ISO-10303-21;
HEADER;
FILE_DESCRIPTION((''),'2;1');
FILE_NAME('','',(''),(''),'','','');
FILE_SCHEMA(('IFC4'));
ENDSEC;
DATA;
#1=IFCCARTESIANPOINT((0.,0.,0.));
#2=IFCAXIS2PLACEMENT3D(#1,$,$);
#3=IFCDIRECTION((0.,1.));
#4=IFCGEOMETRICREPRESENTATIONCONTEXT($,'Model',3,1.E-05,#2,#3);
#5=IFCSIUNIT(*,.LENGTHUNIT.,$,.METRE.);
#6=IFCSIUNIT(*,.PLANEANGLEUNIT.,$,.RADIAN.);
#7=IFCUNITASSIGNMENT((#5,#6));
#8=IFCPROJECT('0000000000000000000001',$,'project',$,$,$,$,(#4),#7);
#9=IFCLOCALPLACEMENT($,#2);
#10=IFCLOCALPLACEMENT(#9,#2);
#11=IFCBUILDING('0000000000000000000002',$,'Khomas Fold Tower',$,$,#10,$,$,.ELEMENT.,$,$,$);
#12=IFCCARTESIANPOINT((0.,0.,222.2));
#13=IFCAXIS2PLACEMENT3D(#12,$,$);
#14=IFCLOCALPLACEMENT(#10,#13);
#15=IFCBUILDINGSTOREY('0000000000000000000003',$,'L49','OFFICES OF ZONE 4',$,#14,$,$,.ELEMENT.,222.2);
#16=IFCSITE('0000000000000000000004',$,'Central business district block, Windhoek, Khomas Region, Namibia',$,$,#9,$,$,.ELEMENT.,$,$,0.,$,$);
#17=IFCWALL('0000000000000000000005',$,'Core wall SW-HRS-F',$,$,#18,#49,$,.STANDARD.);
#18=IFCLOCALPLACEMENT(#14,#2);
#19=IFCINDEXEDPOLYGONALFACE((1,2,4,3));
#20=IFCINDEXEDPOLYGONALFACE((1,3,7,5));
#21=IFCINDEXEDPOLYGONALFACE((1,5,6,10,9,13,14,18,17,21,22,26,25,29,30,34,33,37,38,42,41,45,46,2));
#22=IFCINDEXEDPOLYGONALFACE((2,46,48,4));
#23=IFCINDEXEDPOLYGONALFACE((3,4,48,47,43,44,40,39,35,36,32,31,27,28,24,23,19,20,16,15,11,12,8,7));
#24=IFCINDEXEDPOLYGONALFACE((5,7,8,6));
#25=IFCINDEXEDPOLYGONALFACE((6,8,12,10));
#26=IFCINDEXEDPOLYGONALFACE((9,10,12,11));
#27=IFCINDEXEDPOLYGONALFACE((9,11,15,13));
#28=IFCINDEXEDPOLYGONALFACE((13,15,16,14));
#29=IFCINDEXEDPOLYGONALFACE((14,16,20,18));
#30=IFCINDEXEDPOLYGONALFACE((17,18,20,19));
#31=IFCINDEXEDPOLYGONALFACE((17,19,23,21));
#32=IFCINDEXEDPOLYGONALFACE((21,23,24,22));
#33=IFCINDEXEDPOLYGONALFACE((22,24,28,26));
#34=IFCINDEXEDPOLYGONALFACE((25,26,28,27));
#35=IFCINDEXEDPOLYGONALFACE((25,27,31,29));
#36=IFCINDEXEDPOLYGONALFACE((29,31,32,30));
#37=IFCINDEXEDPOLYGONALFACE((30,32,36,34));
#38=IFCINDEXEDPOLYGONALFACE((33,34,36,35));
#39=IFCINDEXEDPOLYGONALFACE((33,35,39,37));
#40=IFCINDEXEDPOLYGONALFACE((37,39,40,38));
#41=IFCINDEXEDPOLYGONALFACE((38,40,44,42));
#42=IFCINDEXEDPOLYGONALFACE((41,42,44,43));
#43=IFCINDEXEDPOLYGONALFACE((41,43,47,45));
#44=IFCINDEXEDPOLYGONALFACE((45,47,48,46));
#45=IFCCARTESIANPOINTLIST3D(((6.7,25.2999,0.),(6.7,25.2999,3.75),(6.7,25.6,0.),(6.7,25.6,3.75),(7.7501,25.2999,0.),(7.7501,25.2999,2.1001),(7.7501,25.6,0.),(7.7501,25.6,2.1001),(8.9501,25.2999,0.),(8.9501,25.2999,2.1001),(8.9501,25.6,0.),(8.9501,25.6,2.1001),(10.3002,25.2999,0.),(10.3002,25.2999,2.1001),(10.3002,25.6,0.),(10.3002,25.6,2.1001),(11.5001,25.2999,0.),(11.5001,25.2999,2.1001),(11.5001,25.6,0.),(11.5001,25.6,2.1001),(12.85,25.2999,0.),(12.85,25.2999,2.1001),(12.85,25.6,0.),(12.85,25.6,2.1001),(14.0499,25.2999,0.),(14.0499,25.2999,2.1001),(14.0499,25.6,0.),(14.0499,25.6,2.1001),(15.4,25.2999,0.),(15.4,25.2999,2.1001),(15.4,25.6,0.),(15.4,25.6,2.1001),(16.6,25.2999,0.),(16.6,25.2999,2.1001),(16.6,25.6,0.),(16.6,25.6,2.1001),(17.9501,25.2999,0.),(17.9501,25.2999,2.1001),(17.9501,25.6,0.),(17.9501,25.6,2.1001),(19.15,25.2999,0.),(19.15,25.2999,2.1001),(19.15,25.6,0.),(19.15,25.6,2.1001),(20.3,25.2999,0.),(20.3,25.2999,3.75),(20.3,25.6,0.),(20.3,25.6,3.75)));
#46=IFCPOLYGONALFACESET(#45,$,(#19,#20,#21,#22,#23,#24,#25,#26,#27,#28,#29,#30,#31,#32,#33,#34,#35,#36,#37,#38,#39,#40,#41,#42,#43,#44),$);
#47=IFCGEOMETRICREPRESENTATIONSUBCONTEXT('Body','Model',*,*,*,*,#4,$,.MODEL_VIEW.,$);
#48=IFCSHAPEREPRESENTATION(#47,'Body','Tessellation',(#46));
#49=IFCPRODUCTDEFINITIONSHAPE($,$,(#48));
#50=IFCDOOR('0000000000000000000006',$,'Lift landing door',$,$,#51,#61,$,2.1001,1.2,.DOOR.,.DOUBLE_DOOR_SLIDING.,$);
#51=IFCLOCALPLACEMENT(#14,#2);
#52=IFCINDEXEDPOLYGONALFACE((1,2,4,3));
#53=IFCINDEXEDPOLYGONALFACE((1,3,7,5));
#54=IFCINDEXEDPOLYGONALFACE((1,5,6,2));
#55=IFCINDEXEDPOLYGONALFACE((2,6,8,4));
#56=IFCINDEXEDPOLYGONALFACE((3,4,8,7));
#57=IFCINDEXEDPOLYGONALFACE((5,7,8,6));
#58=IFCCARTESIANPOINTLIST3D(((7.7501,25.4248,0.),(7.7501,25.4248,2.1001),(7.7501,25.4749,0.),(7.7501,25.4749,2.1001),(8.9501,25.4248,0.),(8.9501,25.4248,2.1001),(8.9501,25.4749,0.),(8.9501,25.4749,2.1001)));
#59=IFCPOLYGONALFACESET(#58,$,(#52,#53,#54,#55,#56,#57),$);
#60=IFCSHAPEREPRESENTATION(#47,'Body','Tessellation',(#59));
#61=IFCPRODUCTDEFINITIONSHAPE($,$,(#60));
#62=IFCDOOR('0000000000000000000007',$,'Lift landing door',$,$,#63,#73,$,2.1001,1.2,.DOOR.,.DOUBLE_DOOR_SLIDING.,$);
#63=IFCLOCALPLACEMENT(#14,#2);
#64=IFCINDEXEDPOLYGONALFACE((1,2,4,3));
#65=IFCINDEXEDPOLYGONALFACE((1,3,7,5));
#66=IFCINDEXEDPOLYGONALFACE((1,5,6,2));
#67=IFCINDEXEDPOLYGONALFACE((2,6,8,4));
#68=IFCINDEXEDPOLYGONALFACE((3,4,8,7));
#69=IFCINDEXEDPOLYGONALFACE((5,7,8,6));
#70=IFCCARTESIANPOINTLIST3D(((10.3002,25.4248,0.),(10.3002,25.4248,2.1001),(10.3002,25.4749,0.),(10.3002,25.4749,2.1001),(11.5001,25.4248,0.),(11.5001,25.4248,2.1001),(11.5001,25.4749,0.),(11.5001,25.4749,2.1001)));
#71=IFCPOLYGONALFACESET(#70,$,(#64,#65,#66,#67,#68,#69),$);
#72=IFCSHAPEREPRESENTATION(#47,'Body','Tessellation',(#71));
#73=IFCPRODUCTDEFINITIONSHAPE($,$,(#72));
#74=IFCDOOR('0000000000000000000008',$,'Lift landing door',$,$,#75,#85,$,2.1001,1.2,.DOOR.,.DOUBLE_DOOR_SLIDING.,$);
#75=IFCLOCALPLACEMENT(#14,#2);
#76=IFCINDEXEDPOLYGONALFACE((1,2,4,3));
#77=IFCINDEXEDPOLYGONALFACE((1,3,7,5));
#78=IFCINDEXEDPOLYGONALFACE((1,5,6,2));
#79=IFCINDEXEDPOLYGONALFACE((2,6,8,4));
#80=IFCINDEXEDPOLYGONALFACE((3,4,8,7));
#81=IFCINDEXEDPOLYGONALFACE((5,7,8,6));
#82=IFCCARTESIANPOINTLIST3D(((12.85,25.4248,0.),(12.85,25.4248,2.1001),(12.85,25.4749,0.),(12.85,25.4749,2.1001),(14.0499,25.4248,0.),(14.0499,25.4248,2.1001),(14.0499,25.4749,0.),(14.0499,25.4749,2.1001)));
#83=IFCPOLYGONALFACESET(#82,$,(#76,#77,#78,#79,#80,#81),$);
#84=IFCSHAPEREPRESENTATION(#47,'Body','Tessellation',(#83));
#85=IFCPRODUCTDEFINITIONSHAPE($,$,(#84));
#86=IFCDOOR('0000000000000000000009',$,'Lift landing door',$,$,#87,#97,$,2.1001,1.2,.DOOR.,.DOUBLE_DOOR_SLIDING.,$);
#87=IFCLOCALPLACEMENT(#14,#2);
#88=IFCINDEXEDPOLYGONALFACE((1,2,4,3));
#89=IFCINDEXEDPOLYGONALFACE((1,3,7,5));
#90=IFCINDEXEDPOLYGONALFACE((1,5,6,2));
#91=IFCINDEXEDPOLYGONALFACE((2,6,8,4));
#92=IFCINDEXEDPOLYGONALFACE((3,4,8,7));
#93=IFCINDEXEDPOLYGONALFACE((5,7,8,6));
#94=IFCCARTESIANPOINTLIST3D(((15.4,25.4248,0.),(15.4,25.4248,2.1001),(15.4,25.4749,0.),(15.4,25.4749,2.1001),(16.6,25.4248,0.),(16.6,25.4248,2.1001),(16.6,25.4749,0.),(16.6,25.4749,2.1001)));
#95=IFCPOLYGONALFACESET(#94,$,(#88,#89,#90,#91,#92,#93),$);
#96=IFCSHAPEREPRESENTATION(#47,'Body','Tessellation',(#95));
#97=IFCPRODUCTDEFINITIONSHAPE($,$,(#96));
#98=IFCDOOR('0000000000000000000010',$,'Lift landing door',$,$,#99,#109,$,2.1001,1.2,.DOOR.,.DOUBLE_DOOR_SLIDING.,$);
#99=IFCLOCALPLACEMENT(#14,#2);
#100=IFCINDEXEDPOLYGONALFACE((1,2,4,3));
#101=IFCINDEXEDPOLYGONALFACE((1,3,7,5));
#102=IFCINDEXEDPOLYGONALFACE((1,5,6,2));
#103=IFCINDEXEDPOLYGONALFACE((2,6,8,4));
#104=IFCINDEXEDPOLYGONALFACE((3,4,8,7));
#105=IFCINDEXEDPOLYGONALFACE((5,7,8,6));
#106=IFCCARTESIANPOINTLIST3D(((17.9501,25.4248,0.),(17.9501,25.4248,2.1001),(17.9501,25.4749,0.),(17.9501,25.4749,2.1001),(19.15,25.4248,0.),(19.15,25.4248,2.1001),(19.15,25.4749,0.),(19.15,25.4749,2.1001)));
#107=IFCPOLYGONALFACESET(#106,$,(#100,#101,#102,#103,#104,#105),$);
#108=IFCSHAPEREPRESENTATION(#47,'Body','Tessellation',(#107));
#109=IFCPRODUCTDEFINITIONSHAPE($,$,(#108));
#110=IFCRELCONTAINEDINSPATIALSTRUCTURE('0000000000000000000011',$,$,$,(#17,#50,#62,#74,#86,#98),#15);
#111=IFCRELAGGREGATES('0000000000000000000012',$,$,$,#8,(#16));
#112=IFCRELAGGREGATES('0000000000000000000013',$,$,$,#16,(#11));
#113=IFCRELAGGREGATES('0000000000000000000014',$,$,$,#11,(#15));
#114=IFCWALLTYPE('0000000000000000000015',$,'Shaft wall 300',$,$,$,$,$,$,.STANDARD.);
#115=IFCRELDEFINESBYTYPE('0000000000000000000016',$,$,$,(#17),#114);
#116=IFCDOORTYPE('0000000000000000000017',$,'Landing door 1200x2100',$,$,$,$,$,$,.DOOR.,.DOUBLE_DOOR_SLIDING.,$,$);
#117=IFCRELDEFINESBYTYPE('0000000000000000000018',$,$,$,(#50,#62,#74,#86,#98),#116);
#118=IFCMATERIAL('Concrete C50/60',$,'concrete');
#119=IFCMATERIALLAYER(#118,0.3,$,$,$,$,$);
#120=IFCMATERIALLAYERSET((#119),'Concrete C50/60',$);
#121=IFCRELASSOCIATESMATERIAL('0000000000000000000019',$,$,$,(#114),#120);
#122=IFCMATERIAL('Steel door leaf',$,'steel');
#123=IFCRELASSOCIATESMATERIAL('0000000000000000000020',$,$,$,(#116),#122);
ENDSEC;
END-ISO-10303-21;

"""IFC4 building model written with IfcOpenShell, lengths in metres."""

from ifc_helpers import new_model, si_unit, direction, frame, frame_2d, origin, place, context, subcontext, project, spatial, rectangle, extrude, source, transform, mapped, material, layer, layer_set, type_object, element, fill, save


model = new_model("IFC4")

# Units and contexts
model_context = context("Model", 3, precision=1e-05, world=origin(), true_north=direction((0.0, 1.0)))
body_context = subcontext(model_context, "Body", "Model", "MODEL_VIEW")
ifc_project = project(units=[si_unit("LENGTHUNIT", "METRE"), si_unit("PLANEANGLEUNIT", "RADIAN")], contexts=[model_context])

# Site, building, storey
site_placement = place(None, origin())
site = spatial("IfcSite", under=ifc_project, at=site_placement, Name="Central business district block, Windhoek, Khomas Region, Namibia", CompositionType="ELEMENT", RefElevation=0.0)
building_placement = place(site_placement, origin())
building = spatial("IfcBuilding", under=site, at=building_placement, Name="Khomas Fold Tower", CompositionType="ELEMENT")
storey_placement = place(building_placement, frame((0.0, 0.0, 222.2)))
storey = spatial("IfcBuildingStorey", under=building, at=storey_placement, Name="L49", Description="OFFICES OF ZONE 4", CompositionType="ELEMENT", Elevation=222.2)

# Shared definitions
ifc_material_1 = material(Name="Concrete C50/60", Category="concrete")
ifc_layer_1 = layer(ifc_material_1, 0.3)
ifc_layer_set_1 = layer_set([ifc_layer_1], Name="Concrete C50/60")
wall_type_1 = type_object("IfcWallType", Name="Shaft wall 300", PredefinedType="STANDARD", material=ifc_layer_set_1)
shared_shape_1 = source(origin(), body_context, "Body", "SweptSolid", [
    extrude(rectangle(XDim=13.6001, YDim=0.3, at=frame_2d((6.8, 0.0))), origin(), (0.0, 0.0, 1.0), 3.75),
])

# Wall, openings, doors
wall_1_placement = place(storey_placement, frame((6.7, 25.45, 0.0), z_axis=(0.0, 0.0, 1.0), x_axis=(1.0, 0.0, 0.0)))
wall_1 = element("IfcWall", 1, at=wall_1_placement, inside=storey, type_object=wall_type_1, Name="Core wall SW-HRS-F", PredefinedType="STANDARD", context=body_context, shape_type="MappedRepresentation", body=[
    mapped(shared_shape_1, transform((0.0, 0.0, 0.0))),
])
shared_shape_2 = source(origin(), body_context, "Body", "SweptSolid", [
    extrude(rectangle(XDim=1.2, YDim=2.1001, at=frame_2d((0.6001, 1.05))), frame((0.0, 0.1599, 0.0), z_axis=(0.0, -1.0, 0.0), x_axis=(1.0, 0.0, 0.0)), (0.0, 0.0, 1.0), 0.3201),
])
opening_1_placement = place(wall_1_placement, frame((1.05, 0.0, 0.0)))
opening_1 = element("IfcOpeningElement", 2, at=opening_1_placement, cuts=wall_1, PredefinedType="OPENING", context=body_context, shape_type="MappedRepresentation", body=[
    mapped(shared_shape_2, transform((0.0, 0.0, 0.0))),
])
opening_2_placement = place(wall_1_placement, frame((3.6001, 0.0, 0.0)))
opening_2 = element("IfcOpeningElement", 3, at=opening_2_placement, cuts=wall_1, PredefinedType="OPENING", context=body_context, shape_type="MappedRepresentation", body=[
    mapped(shared_shape_2, transform((0.0, 0.0, 0.0))),
])
opening_3_placement = place(wall_1_placement, frame((6.1499, 0.0, 0.0)))
opening_3 = element("IfcOpeningElement", 4, at=opening_3_placement, cuts=wall_1, PredefinedType="OPENING", context=body_context, shape_type="MappedRepresentation", body=[
    mapped(shared_shape_2, transform((0.0, 0.0, 0.0))),
])
opening_4_placement = place(wall_1_placement, frame((8.7, 0.0, 0.0)))
opening_4 = element("IfcOpeningElement", 5, at=opening_4_placement, cuts=wall_1, PredefinedType="OPENING", context=body_context, shape_type="MappedRepresentation", body=[
    mapped(shared_shape_2, transform((0.0, 0.0, 0.0))),
])
opening_5_placement = place(wall_1_placement, frame((11.25, 0.0, 0.0)))
opening_5 = element("IfcOpeningElement", 6, at=opening_5_placement, cuts=wall_1, PredefinedType="OPENING", context=body_context, shape_type="MappedRepresentation", body=[
    mapped(shared_shape_2, transform((0.0, 0.0, 0.0))),
])
ifc_material_2 = material(Name="Steel door leaf", Category="steel")
door_type = type_object("IfcDoorType", Name="Landing door 1200x2100", OperationType="DOUBLE_DOOR_SLIDING", PredefinedType="DOOR", material=ifc_material_2)
shared_shape_3 = source(origin(), body_context, "Body", "SweptSolid", [
    extrude(rectangle(XDim=1.2, YDim=2.1001, at=frame_2d((0.6001, 1.05))), frame((0.0, 0.0249, 0.0), z_axis=(0.0, -1.0, 0.0), x_axis=(1.0, 0.0, 0.0)), (0.0, 0.0, 1.0), 0.05),
])
door_1_placement = place(opening_1_placement, origin())
door_1 = element("IfcDoor", 7, at=door_1_placement, inside=storey, type_object=door_type, Name="Lift landing door", OperationType="DOUBLE_DOOR_SLIDING", OverallHeight=2.1001, OverallWidth=1.2, PredefinedType="DOOR", context=body_context, shape_type="MappedRepresentation", body=[
    mapped(shared_shape_3, transform((0.0, 0.0, 0.0))),
])
fill(opening_1, door_1)
door_2_placement = place(opening_2_placement, origin())
door_2 = element("IfcDoor", 8, at=door_2_placement, inside=storey, type_object=door_type, Name="Lift landing door", OperationType="DOUBLE_DOOR_SLIDING", OverallHeight=2.1001, OverallWidth=1.2, PredefinedType="DOOR", context=body_context, shape_type="MappedRepresentation", body=[
    mapped(shared_shape_3, transform((0.0, 0.0, 0.0))),
])
fill(opening_2, door_2)
door_3_placement = place(opening_3_placement, origin())
door_3 = element("IfcDoor", 9, at=door_3_placement, inside=storey, type_object=door_type, Name="Lift landing door", OperationType="DOUBLE_DOOR_SLIDING", OverallHeight=2.1001, OverallWidth=1.2, PredefinedType="DOOR", context=body_context, shape_type="MappedRepresentation", body=[
    mapped(shared_shape_3, transform((0.0, 0.0, 0.0))),
])
fill(opening_3, door_3)
door_4_placement = place(opening_4_placement, origin())
door_4 = element("IfcDoor", 10, at=door_4_placement, inside=storey, type_object=door_type, Name="Lift landing door", OperationType="DOUBLE_DOOR_SLIDING", OverallHeight=2.1001, OverallWidth=1.2, PredefinedType="DOOR", context=body_context, shape_type="MappedRepresentation", body=[
    mapped(shared_shape_3, transform((0.0, 0.0, 0.0))),
])
fill(opening_4, door_4)
door_5_placement = place(opening_5_placement, origin())
door_5 = element("IfcDoor", 11, at=door_5_placement, inside=storey, type_object=door_type, Name="Lift landing door", OperationType="DOUBLE_DOOR_SLIDING", OverallHeight=2.1001, OverallWidth=1.2, PredefinedType="DOOR", context=body_context, shape_type="MappedRepresentation", body=[
    mapped(shared_shape_3, transform((0.0, 0.0, 0.0))),
])
fill(opening_5, door_5)

save(model, "model.ifc")
